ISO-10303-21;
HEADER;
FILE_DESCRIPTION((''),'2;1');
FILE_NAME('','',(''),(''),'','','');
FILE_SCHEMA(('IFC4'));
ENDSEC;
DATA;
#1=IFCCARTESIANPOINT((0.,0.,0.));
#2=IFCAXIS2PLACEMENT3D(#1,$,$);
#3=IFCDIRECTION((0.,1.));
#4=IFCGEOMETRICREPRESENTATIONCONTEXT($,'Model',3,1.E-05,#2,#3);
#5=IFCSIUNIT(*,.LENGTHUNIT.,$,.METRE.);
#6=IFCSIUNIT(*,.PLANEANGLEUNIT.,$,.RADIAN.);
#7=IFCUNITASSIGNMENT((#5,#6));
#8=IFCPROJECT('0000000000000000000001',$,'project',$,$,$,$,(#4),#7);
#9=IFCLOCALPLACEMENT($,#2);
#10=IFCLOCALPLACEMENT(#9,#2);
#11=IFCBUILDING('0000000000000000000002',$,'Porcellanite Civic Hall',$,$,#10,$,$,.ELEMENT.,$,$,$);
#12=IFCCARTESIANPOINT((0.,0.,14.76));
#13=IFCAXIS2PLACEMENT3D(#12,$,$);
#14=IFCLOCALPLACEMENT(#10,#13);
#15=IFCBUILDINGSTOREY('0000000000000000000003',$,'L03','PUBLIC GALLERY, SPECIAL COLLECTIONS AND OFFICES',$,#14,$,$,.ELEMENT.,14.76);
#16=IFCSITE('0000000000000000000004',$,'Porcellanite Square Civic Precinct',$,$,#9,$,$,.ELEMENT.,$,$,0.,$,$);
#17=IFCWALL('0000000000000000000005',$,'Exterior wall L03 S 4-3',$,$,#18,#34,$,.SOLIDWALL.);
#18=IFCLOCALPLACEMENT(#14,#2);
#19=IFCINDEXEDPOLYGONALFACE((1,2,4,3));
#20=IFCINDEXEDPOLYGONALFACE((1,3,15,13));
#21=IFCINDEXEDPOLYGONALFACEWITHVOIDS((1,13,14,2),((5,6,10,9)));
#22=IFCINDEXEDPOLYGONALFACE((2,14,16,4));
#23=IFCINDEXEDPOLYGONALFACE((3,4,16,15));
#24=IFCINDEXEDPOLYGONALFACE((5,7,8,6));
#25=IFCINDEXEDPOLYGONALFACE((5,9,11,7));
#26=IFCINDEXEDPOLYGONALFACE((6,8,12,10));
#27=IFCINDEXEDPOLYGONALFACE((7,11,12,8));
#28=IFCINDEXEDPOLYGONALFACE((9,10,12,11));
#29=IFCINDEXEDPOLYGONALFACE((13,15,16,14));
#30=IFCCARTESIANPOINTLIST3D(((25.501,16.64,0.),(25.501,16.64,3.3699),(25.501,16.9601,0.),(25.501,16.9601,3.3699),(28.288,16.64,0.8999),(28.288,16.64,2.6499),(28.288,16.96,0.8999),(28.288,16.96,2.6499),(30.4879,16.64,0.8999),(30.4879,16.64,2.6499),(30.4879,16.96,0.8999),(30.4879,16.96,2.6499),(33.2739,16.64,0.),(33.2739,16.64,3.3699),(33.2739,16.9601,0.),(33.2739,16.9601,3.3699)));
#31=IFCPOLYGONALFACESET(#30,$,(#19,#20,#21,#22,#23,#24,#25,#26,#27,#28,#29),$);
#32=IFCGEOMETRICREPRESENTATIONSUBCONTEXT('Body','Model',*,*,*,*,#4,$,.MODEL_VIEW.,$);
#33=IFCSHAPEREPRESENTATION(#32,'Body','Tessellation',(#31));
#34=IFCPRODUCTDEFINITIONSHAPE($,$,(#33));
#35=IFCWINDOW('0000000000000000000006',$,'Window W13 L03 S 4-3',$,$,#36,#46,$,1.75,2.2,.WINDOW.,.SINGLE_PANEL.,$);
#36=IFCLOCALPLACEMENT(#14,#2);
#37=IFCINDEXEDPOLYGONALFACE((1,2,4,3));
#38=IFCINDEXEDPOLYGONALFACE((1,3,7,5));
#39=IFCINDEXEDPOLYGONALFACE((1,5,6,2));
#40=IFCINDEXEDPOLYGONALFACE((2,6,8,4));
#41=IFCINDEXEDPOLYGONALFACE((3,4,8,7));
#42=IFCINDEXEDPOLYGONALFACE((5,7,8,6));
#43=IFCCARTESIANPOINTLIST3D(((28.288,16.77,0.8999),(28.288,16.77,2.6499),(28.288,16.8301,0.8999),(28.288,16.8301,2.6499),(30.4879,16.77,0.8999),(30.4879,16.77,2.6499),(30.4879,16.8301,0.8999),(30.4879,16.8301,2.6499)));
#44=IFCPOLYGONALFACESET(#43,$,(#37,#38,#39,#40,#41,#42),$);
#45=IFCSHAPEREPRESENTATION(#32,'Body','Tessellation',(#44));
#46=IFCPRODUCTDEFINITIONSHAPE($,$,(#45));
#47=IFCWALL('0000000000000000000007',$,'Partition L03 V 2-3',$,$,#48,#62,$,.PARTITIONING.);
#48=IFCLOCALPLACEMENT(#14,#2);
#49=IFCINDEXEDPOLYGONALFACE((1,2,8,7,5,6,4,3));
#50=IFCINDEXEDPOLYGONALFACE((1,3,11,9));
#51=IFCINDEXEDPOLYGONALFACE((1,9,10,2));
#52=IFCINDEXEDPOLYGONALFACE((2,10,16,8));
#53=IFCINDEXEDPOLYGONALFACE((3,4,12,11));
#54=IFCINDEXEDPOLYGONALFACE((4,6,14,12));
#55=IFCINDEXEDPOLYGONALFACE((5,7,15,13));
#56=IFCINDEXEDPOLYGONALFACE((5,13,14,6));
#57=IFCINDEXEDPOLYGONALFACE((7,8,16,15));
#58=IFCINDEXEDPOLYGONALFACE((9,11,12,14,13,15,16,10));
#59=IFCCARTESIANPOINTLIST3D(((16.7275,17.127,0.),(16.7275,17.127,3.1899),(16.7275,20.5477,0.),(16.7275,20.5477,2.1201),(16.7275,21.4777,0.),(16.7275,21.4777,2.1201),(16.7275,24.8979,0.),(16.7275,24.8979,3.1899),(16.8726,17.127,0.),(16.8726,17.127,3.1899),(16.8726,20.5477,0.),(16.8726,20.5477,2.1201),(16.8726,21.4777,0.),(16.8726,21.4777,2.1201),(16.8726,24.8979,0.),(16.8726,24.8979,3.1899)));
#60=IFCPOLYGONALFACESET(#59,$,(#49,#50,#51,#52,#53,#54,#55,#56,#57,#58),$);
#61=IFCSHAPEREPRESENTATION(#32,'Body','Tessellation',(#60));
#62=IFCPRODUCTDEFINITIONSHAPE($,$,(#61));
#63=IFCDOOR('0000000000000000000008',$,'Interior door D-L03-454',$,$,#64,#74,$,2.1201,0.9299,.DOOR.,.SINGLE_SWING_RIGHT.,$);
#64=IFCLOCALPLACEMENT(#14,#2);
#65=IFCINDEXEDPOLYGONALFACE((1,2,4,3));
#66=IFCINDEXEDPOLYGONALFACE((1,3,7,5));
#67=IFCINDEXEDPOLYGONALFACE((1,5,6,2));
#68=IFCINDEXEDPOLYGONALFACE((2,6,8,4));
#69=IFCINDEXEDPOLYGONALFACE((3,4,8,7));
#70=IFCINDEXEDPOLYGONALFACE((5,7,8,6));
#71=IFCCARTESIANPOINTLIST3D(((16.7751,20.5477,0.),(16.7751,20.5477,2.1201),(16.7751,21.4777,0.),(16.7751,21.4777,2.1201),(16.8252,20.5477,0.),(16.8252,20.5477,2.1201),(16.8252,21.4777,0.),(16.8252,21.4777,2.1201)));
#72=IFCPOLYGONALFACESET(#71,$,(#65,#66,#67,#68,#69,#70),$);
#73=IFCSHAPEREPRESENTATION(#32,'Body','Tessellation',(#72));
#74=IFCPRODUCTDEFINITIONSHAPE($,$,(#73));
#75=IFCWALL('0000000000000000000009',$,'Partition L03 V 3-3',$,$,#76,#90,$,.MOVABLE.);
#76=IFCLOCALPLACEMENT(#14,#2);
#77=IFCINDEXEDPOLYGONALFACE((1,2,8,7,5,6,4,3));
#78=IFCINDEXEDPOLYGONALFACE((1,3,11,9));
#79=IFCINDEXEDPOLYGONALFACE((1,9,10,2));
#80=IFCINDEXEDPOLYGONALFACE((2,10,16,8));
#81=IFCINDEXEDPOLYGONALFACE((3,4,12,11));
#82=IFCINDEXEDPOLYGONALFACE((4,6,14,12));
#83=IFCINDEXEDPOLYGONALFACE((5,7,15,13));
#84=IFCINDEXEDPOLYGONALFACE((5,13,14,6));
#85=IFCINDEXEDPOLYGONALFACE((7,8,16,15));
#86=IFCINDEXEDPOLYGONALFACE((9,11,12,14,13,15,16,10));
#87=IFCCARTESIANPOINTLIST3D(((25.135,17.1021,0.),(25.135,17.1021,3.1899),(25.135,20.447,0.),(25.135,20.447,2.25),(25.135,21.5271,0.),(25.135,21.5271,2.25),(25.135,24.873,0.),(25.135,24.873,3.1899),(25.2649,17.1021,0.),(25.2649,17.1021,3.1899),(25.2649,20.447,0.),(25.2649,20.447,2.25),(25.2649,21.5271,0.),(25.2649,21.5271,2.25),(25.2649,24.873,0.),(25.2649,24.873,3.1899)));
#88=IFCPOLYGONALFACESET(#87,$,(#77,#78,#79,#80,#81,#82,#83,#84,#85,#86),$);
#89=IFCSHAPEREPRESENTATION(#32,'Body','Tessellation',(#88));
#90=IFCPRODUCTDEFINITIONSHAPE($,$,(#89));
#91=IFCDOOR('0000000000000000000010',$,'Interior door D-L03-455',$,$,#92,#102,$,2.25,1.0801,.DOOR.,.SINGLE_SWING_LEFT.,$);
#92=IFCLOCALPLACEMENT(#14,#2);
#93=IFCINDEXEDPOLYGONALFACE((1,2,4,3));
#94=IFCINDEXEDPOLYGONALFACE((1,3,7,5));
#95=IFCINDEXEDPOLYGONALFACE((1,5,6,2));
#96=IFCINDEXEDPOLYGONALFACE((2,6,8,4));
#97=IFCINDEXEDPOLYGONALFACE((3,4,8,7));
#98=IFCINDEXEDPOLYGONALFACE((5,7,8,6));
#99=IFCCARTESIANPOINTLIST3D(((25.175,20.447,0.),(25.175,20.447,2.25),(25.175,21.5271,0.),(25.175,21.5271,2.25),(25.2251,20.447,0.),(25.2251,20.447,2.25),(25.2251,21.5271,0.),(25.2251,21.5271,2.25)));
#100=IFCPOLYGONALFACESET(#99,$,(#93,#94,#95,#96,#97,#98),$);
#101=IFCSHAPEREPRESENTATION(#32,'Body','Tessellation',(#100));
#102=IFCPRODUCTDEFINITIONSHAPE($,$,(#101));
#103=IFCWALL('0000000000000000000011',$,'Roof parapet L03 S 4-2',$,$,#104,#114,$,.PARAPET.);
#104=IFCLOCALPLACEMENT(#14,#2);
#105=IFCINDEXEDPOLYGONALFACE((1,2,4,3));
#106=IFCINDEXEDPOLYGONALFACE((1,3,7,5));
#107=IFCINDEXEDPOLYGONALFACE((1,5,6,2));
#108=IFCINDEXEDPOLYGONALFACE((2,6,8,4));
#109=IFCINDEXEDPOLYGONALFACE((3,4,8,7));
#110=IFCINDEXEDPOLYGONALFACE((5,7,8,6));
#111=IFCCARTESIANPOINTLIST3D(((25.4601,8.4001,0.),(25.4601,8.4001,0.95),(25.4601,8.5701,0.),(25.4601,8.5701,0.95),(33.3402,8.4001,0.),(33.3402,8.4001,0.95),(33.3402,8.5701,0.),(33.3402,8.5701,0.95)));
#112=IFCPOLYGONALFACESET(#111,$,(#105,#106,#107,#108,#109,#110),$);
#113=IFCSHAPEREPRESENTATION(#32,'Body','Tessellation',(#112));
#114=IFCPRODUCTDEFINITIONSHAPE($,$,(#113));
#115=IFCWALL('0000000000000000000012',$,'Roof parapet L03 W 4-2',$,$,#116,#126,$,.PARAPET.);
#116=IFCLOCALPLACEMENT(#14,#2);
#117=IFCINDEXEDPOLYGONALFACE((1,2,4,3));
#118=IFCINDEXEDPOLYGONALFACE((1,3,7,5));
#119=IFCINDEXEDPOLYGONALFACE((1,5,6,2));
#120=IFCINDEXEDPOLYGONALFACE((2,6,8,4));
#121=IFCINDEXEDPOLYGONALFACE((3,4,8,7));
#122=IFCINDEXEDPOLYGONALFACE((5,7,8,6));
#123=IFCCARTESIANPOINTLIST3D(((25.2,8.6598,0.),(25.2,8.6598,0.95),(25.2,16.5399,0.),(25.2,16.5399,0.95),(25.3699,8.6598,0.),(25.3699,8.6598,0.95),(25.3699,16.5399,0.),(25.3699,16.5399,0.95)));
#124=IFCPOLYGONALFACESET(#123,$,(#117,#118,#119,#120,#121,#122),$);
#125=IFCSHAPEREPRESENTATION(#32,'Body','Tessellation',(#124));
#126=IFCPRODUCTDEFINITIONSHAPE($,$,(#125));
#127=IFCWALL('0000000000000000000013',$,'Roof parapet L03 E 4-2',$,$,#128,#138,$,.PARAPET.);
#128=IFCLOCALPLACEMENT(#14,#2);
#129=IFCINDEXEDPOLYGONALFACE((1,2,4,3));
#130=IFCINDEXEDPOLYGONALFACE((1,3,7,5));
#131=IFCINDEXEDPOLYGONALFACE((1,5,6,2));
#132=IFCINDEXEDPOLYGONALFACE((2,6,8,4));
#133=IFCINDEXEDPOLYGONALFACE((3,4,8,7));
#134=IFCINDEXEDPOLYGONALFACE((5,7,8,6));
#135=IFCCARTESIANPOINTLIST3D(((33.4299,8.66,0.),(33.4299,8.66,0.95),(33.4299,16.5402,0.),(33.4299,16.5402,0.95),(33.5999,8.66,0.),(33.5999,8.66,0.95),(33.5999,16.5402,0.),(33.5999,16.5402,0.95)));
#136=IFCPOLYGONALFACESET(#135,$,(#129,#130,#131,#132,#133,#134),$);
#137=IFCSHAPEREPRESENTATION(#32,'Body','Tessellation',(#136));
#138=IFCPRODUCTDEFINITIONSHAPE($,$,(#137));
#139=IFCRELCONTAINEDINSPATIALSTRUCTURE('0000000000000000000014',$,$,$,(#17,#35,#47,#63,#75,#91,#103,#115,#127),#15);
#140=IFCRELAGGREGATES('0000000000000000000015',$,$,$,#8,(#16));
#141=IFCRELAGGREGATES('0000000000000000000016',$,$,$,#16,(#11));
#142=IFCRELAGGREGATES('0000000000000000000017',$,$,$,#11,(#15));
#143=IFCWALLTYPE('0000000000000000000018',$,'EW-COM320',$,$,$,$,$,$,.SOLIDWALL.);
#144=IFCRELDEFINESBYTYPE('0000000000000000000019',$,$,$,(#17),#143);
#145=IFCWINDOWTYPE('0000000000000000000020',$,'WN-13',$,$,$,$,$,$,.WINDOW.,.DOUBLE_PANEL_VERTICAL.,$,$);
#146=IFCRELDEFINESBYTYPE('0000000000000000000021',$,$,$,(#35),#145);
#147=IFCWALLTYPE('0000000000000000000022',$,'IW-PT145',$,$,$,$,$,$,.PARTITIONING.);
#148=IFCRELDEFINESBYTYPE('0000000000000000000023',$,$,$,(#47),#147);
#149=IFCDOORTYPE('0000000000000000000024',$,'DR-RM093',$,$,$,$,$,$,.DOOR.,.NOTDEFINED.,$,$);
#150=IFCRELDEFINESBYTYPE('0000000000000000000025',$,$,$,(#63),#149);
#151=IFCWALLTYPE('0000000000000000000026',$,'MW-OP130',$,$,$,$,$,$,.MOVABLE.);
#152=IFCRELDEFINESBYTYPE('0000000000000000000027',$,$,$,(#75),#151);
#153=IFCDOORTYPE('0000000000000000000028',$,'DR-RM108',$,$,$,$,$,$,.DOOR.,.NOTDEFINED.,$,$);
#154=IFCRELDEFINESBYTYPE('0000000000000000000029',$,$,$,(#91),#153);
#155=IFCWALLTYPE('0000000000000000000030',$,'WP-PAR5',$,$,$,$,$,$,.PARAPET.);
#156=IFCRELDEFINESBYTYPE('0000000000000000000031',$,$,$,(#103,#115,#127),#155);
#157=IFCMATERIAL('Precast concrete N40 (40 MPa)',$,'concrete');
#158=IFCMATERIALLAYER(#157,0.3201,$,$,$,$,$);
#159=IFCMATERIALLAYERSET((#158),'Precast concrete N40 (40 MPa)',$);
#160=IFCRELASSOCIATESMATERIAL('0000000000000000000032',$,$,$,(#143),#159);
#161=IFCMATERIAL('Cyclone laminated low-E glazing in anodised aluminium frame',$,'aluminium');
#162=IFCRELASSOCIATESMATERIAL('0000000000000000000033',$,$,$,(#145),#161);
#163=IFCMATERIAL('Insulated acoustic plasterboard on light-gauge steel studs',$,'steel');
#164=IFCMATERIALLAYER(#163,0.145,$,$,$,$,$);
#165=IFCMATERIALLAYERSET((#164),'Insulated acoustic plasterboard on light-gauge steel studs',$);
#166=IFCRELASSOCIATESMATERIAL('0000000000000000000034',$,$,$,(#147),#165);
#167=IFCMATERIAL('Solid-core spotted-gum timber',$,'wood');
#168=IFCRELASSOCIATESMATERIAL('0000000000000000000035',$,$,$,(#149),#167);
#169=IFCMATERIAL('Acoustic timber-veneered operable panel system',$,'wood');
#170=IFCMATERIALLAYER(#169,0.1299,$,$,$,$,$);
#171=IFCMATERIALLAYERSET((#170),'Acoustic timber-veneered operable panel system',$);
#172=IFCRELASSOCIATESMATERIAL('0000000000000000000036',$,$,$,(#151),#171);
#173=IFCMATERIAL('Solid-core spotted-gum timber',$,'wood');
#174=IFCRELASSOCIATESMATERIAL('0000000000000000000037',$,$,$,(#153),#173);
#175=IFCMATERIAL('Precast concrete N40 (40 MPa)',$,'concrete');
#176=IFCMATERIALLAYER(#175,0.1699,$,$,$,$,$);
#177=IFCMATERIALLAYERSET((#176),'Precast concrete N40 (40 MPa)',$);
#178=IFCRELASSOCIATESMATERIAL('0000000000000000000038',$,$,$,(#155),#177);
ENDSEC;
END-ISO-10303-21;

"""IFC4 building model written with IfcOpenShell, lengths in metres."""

from ifc_helpers import new_model, si_unit, direction, frame, frame_2d, origin, place, context, subcontext, project, spatial, rectangle, extrude, material, layer, layer_set, type_object, element, fill, save


model = new_model("IFC4")

# Units and contexts
model_context = context("Model", 3, precision=1e-05, world=origin(), true_north=direction((0.0, 1.0)))
body_context = subcontext(model_context, "Body", "Model", "MODEL_VIEW")
ifc_project = project(units=[si_unit("LENGTHUNIT", "METRE"), si_unit("PLANEANGLEUNIT", "RADIAN")], contexts=[model_context])

# Site, building, storey
site_placement = place(None, origin())
site = spatial("IfcSite", under=ifc_project, at=site_placement, Name="Porcellanite Square Civic Precinct", CompositionType="ELEMENT", RefElevation=0.0)
building_placement = place(site_placement, origin())
building = spatial("IfcBuilding", under=site, at=building_placement, Name="Porcellanite Civic Hall", CompositionType="ELEMENT")
storey_placement = place(building_placement, frame((0.0, 0.0, 14.76)))
storey = spatial("IfcBuildingStorey", under=building, at=storey_placement, Name="L03", Description="PUBLIC GALLERY, SPECIAL COLLECTIONS AND OFFICES", CompositionType="ELEMENT", Elevation=14.76)

# Shared definitions
ifc_material_1 = material(Name="Precast concrete N40 (40 MPa)", Category="concrete")
ifc_layer_1 = layer(ifc_material_1, 0.3201)
ifc_layer_set_1 = layer_set([ifc_layer_1], Name="Precast concrete N40 (40 MPa)")
wall_type_1 = type_object("IfcWallType", Name="EW-COM320", PredefinedType="SOLIDWALL", material=ifc_layer_set_1)

# Wall, opening, window
wall_1_placement = place(storey_placement, frame((33.2739, 16.8, 0.0), z_axis=(0.0, 0.0, 1.0), x_axis=(-1.0, 0.0, 0.0)))
wall_1 = element("IfcWall", 1, at=wall_1_placement, inside=storey, type_object=wall_type_1, Name="Exterior wall L03 S 4-3", PredefinedType="SOLIDWALL", context=body_context, shape_type="SweptSolid", body=[
    extrude(rectangle(XDim=7.7729, YDim=0.3201, at=frame_2d((3.8865, 0.0))), origin(), (0.0, 0.0, 1.0), 3.3699),
])
opening_1_placement = place(wall_1_placement, frame((2.7859, 0.0, 0.8999)))
opening_1 = element("IfcOpeningElement", 2, at=opening_1_placement, cuts=wall_1, PredefinedType="OPENING", context=body_context, shape_type="SweptSolid", body=[
    extrude(rectangle(XDim=2.2, YDim=1.75, at=frame_2d((1.1001, 0.875))), frame((0.0, 0.1602, 0.0), z_axis=(0.0, -1.0, 0.0), x_axis=(1.0, 0.0, 0.0)), (0.0, 0.0, 1.0), 0.3201),
])
ifc_material_2 = material(Name="Cyclone laminated low-E glazing in anodised aluminium frame", Category="aluminium")
window_type_1 = type_object("IfcWindowType", Name="WN-13", PartitioningType="DOUBLE_PANEL_VERTICAL", PredefinedType="WINDOW", material=ifc_material_2)
window_1_placement = place(opening_1_placement, origin())
window_1 = element("IfcWindow", 3, at=window_1_placement, inside=storey, type_object=window_type_1, Name="Window W13 L03 S 4-3", OverallHeight=1.75, OverallWidth=2.2, PartitioningType="SINGLE_PANEL", PredefinedType="WINDOW", context=body_context, shape_type="SweptSolid", body=[
    extrude(rectangle(XDim=2.2, YDim=1.75, at=frame_2d((1.1001, 0.875))), frame((0.0, 0.03, 0.0), z_axis=(0.0, -1.0, 0.0), x_axis=(1.0, 0.0, 0.0)), (0.0, 0.0, 1.0), 0.0601),
])
fill(opening_1, window_1)

# Walls, openings, doors
ifc_material_3 = material(Name="Insulated acoustic plasterboard on light-gauge steel studs", Category="steel")
ifc_layer_2 = layer(ifc_material_3, 0.145)
ifc_layer_set_2 = layer_set([ifc_layer_2], Name="Insulated acoustic plasterboard on light-gauge steel studs")
wall_type_2 = type_object("IfcWallType", Name="IW-PT145", PredefinedType="PARTITIONING", material=ifc_layer_set_2)
wall_2_placement = place(storey_placement, frame((16.8, 17.127, 0.0), z_axis=(0.0, 0.0, 1.0), x_axis=(0.0, 1.0, 0.0)))
wall_2 = element("IfcWall", 4, at=wall_2_placement, inside=storey, type_object=wall_type_2, Name="Partition L03 V 2-3", PredefinedType="PARTITIONING", context=body_context, shape_type="SweptSolid", body=[
    extrude(rectangle(XDim=7.771, YDim=0.145, at=frame_2d((3.8855, 0.0))), origin(), (0.0, 0.0, 1.0), 3.1899),
])
opening_2_placement = place(wall_2_placement, frame((3.4209, 0.0, 0.0)))
opening_2 = element("IfcOpeningElement", 5, at=opening_2_placement, cuts=wall_2, PredefinedType="OPENING", context=body_context, shape_type="SweptSolid", body=[
    extrude(rectangle(XDim=0.9299, YDim=2.1201, at=frame_2d((0.4648, 1.0601))), frame((0.0, 0.0725, 0.0), z_axis=(0.0, -1.0, 0.0), x_axis=(1.0, 0.0, 0.0)), (0.0, 0.0, 1.0), 0.145),
])
ifc_material_4 = material(Name="Solid-core spotted-gum timber", Category="wood")
door_type_1 = type_object("IfcDoorType", Name="DR-RM093", OperationType="NOTDEFINED", PredefinedType="DOOR", material=ifc_material_4)
door_1_placement = place(opening_2_placement, origin())
door_1 = element("IfcDoor", 6, at=door_1_placement, inside=storey, type_object=door_type_1, Name="Interior door D-L03-454", OperationType="SINGLE_SWING_RIGHT", OverallHeight=2.1201, OverallWidth=0.9299, PredefinedType="DOOR", context=body_context, shape_type="SweptSolid", body=[
    extrude(rectangle(XDim=0.9299, YDim=2.1201, at=frame_2d((0.4648, 1.0601))), frame((0.0, 0.0249, 0.0), z_axis=(0.0, -1.0, 0.0), x_axis=(1.0, 0.0, 0.0)), (0.0, 0.0, 1.0), 0.05),
])
fill(opening_2, door_1)
ifc_material_5 = material(Name="Acoustic timber-veneered operable panel system", Category="wood")
ifc_layer_3 = layer(ifc_material_5, 0.1299)
ifc_layer_set_3 = layer_set([ifc_layer_3], Name="Acoustic timber-veneered operable panel system")
wall_type_3 = type_object("IfcWallType", Name="MW-OP130", PredefinedType="MOVABLE", material=ifc_layer_set_3)
wall_3_placement = place(storey_placement, frame((25.2, 17.1021, 0.0), z_axis=(0.0, 0.0, 1.0), x_axis=(0.0, 1.0, 0.0)))
wall_3 = element("IfcWall", 7, at=wall_3_placement, inside=storey, type_object=wall_type_3, Name="Partition L03 V 3-3", PredefinedType="MOVABLE", context=body_context, shape_type="SweptSolid", body=[
    extrude(rectangle(XDim=7.771, YDim=0.1299, at=frame_2d((3.8855, 0.0))), origin(), (0.0, 0.0, 1.0), 3.1899),
])
opening_3_placement = place(wall_3_placement, frame((3.345, 0.0, 0.0)))
opening_3 = element("IfcOpeningElement", 8, at=opening_3_placement, cuts=wall_3, PredefinedType="OPENING", context=body_context, shape_type="SweptSolid", body=[
    extrude(rectangle(XDim=1.0801, YDim=2.25, at=frame_2d((0.54, 1.125))), frame((0.0, 0.0649, 0.0), z_axis=(0.0, -1.0, 0.0), x_axis=(1.0, 0.0, 0.0)), (0.0, 0.0, 1.0), 0.1299),
])
ifc_material_6 = material(Name="Solid-core spotted-gum timber", Category="wood")
door_type_2 = type_object("IfcDoorType", Name="DR-RM108", OperationType="NOTDEFINED", PredefinedType="DOOR", material=ifc_material_6)
door_2_placement = place(opening_3_placement, origin())
door_2 = element("IfcDoor", 9, at=door_2_placement, inside=storey, type_object=door_type_2, Name="Interior door D-L03-455", OperationType="SINGLE_SWING_LEFT", OverallHeight=2.25, OverallWidth=1.0801, PredefinedType="DOOR", context=body_context, shape_type="SweptSolid", body=[
    extrude(rectangle(XDim=1.0801, YDim=2.25, at=frame_2d((0.54, 1.125))), frame((0.0, 0.0249, 0.0), z_axis=(0.0, -1.0, 0.0), x_axis=(1.0, 0.0, 0.0)), (0.0, 0.0, 1.0), 0.05),
])
fill(opening_3, door_2)

# Walls
ifc_material_7 = material(Name="Precast concrete N40 (40 MPa)", Category="concrete")
ifc_layer_4 = layer(ifc_material_7, 0.1699)
ifc_layer_set_4 = layer_set([ifc_layer_4], Name="Precast concrete N40 (40 MPa)")
wall_type_4 = type_object("IfcWallType", Name="WP-PAR5", PredefinedType="PARAPET", material=ifc_layer_set_4)
for number, where, z_axis, x_axis, name in (
    (10, (33.3401, 8.4851, 0.0), (0.0, 0.0, 1.0), (-1.0, 0.0, 0.0), "Roof parapet L03 S 4-2"),
    (11, (25.2849, 8.6599, 0.0), (0.0, 0.0, 1.0), (0.0, 1.0, 0.0), "Roof parapet L03 W 4-2"),
    (12, (33.5149, 16.54, 0.0), (0.0, 0.0, 1.0), (0.0, -1.0, 0.0), "Roof parapet L03 E 4-2"),
):
    element("IfcWall", number, at=place(storey_placement, frame(where, z_axis=z_axis, x_axis=x_axis)), inside=storey, type_object=wall_type_4, Name=name, PredefinedType="PARAPET", context=body_context, shape_type="SweptSolid", body=[
        extrude(rectangle(XDim=7.8801, YDim=0.1699, at=frame_2d((3.9399, 0.0))), origin(), (0.0, 0.0, 1.0), 0.95),
    ])

save(model, "model.ifc")
